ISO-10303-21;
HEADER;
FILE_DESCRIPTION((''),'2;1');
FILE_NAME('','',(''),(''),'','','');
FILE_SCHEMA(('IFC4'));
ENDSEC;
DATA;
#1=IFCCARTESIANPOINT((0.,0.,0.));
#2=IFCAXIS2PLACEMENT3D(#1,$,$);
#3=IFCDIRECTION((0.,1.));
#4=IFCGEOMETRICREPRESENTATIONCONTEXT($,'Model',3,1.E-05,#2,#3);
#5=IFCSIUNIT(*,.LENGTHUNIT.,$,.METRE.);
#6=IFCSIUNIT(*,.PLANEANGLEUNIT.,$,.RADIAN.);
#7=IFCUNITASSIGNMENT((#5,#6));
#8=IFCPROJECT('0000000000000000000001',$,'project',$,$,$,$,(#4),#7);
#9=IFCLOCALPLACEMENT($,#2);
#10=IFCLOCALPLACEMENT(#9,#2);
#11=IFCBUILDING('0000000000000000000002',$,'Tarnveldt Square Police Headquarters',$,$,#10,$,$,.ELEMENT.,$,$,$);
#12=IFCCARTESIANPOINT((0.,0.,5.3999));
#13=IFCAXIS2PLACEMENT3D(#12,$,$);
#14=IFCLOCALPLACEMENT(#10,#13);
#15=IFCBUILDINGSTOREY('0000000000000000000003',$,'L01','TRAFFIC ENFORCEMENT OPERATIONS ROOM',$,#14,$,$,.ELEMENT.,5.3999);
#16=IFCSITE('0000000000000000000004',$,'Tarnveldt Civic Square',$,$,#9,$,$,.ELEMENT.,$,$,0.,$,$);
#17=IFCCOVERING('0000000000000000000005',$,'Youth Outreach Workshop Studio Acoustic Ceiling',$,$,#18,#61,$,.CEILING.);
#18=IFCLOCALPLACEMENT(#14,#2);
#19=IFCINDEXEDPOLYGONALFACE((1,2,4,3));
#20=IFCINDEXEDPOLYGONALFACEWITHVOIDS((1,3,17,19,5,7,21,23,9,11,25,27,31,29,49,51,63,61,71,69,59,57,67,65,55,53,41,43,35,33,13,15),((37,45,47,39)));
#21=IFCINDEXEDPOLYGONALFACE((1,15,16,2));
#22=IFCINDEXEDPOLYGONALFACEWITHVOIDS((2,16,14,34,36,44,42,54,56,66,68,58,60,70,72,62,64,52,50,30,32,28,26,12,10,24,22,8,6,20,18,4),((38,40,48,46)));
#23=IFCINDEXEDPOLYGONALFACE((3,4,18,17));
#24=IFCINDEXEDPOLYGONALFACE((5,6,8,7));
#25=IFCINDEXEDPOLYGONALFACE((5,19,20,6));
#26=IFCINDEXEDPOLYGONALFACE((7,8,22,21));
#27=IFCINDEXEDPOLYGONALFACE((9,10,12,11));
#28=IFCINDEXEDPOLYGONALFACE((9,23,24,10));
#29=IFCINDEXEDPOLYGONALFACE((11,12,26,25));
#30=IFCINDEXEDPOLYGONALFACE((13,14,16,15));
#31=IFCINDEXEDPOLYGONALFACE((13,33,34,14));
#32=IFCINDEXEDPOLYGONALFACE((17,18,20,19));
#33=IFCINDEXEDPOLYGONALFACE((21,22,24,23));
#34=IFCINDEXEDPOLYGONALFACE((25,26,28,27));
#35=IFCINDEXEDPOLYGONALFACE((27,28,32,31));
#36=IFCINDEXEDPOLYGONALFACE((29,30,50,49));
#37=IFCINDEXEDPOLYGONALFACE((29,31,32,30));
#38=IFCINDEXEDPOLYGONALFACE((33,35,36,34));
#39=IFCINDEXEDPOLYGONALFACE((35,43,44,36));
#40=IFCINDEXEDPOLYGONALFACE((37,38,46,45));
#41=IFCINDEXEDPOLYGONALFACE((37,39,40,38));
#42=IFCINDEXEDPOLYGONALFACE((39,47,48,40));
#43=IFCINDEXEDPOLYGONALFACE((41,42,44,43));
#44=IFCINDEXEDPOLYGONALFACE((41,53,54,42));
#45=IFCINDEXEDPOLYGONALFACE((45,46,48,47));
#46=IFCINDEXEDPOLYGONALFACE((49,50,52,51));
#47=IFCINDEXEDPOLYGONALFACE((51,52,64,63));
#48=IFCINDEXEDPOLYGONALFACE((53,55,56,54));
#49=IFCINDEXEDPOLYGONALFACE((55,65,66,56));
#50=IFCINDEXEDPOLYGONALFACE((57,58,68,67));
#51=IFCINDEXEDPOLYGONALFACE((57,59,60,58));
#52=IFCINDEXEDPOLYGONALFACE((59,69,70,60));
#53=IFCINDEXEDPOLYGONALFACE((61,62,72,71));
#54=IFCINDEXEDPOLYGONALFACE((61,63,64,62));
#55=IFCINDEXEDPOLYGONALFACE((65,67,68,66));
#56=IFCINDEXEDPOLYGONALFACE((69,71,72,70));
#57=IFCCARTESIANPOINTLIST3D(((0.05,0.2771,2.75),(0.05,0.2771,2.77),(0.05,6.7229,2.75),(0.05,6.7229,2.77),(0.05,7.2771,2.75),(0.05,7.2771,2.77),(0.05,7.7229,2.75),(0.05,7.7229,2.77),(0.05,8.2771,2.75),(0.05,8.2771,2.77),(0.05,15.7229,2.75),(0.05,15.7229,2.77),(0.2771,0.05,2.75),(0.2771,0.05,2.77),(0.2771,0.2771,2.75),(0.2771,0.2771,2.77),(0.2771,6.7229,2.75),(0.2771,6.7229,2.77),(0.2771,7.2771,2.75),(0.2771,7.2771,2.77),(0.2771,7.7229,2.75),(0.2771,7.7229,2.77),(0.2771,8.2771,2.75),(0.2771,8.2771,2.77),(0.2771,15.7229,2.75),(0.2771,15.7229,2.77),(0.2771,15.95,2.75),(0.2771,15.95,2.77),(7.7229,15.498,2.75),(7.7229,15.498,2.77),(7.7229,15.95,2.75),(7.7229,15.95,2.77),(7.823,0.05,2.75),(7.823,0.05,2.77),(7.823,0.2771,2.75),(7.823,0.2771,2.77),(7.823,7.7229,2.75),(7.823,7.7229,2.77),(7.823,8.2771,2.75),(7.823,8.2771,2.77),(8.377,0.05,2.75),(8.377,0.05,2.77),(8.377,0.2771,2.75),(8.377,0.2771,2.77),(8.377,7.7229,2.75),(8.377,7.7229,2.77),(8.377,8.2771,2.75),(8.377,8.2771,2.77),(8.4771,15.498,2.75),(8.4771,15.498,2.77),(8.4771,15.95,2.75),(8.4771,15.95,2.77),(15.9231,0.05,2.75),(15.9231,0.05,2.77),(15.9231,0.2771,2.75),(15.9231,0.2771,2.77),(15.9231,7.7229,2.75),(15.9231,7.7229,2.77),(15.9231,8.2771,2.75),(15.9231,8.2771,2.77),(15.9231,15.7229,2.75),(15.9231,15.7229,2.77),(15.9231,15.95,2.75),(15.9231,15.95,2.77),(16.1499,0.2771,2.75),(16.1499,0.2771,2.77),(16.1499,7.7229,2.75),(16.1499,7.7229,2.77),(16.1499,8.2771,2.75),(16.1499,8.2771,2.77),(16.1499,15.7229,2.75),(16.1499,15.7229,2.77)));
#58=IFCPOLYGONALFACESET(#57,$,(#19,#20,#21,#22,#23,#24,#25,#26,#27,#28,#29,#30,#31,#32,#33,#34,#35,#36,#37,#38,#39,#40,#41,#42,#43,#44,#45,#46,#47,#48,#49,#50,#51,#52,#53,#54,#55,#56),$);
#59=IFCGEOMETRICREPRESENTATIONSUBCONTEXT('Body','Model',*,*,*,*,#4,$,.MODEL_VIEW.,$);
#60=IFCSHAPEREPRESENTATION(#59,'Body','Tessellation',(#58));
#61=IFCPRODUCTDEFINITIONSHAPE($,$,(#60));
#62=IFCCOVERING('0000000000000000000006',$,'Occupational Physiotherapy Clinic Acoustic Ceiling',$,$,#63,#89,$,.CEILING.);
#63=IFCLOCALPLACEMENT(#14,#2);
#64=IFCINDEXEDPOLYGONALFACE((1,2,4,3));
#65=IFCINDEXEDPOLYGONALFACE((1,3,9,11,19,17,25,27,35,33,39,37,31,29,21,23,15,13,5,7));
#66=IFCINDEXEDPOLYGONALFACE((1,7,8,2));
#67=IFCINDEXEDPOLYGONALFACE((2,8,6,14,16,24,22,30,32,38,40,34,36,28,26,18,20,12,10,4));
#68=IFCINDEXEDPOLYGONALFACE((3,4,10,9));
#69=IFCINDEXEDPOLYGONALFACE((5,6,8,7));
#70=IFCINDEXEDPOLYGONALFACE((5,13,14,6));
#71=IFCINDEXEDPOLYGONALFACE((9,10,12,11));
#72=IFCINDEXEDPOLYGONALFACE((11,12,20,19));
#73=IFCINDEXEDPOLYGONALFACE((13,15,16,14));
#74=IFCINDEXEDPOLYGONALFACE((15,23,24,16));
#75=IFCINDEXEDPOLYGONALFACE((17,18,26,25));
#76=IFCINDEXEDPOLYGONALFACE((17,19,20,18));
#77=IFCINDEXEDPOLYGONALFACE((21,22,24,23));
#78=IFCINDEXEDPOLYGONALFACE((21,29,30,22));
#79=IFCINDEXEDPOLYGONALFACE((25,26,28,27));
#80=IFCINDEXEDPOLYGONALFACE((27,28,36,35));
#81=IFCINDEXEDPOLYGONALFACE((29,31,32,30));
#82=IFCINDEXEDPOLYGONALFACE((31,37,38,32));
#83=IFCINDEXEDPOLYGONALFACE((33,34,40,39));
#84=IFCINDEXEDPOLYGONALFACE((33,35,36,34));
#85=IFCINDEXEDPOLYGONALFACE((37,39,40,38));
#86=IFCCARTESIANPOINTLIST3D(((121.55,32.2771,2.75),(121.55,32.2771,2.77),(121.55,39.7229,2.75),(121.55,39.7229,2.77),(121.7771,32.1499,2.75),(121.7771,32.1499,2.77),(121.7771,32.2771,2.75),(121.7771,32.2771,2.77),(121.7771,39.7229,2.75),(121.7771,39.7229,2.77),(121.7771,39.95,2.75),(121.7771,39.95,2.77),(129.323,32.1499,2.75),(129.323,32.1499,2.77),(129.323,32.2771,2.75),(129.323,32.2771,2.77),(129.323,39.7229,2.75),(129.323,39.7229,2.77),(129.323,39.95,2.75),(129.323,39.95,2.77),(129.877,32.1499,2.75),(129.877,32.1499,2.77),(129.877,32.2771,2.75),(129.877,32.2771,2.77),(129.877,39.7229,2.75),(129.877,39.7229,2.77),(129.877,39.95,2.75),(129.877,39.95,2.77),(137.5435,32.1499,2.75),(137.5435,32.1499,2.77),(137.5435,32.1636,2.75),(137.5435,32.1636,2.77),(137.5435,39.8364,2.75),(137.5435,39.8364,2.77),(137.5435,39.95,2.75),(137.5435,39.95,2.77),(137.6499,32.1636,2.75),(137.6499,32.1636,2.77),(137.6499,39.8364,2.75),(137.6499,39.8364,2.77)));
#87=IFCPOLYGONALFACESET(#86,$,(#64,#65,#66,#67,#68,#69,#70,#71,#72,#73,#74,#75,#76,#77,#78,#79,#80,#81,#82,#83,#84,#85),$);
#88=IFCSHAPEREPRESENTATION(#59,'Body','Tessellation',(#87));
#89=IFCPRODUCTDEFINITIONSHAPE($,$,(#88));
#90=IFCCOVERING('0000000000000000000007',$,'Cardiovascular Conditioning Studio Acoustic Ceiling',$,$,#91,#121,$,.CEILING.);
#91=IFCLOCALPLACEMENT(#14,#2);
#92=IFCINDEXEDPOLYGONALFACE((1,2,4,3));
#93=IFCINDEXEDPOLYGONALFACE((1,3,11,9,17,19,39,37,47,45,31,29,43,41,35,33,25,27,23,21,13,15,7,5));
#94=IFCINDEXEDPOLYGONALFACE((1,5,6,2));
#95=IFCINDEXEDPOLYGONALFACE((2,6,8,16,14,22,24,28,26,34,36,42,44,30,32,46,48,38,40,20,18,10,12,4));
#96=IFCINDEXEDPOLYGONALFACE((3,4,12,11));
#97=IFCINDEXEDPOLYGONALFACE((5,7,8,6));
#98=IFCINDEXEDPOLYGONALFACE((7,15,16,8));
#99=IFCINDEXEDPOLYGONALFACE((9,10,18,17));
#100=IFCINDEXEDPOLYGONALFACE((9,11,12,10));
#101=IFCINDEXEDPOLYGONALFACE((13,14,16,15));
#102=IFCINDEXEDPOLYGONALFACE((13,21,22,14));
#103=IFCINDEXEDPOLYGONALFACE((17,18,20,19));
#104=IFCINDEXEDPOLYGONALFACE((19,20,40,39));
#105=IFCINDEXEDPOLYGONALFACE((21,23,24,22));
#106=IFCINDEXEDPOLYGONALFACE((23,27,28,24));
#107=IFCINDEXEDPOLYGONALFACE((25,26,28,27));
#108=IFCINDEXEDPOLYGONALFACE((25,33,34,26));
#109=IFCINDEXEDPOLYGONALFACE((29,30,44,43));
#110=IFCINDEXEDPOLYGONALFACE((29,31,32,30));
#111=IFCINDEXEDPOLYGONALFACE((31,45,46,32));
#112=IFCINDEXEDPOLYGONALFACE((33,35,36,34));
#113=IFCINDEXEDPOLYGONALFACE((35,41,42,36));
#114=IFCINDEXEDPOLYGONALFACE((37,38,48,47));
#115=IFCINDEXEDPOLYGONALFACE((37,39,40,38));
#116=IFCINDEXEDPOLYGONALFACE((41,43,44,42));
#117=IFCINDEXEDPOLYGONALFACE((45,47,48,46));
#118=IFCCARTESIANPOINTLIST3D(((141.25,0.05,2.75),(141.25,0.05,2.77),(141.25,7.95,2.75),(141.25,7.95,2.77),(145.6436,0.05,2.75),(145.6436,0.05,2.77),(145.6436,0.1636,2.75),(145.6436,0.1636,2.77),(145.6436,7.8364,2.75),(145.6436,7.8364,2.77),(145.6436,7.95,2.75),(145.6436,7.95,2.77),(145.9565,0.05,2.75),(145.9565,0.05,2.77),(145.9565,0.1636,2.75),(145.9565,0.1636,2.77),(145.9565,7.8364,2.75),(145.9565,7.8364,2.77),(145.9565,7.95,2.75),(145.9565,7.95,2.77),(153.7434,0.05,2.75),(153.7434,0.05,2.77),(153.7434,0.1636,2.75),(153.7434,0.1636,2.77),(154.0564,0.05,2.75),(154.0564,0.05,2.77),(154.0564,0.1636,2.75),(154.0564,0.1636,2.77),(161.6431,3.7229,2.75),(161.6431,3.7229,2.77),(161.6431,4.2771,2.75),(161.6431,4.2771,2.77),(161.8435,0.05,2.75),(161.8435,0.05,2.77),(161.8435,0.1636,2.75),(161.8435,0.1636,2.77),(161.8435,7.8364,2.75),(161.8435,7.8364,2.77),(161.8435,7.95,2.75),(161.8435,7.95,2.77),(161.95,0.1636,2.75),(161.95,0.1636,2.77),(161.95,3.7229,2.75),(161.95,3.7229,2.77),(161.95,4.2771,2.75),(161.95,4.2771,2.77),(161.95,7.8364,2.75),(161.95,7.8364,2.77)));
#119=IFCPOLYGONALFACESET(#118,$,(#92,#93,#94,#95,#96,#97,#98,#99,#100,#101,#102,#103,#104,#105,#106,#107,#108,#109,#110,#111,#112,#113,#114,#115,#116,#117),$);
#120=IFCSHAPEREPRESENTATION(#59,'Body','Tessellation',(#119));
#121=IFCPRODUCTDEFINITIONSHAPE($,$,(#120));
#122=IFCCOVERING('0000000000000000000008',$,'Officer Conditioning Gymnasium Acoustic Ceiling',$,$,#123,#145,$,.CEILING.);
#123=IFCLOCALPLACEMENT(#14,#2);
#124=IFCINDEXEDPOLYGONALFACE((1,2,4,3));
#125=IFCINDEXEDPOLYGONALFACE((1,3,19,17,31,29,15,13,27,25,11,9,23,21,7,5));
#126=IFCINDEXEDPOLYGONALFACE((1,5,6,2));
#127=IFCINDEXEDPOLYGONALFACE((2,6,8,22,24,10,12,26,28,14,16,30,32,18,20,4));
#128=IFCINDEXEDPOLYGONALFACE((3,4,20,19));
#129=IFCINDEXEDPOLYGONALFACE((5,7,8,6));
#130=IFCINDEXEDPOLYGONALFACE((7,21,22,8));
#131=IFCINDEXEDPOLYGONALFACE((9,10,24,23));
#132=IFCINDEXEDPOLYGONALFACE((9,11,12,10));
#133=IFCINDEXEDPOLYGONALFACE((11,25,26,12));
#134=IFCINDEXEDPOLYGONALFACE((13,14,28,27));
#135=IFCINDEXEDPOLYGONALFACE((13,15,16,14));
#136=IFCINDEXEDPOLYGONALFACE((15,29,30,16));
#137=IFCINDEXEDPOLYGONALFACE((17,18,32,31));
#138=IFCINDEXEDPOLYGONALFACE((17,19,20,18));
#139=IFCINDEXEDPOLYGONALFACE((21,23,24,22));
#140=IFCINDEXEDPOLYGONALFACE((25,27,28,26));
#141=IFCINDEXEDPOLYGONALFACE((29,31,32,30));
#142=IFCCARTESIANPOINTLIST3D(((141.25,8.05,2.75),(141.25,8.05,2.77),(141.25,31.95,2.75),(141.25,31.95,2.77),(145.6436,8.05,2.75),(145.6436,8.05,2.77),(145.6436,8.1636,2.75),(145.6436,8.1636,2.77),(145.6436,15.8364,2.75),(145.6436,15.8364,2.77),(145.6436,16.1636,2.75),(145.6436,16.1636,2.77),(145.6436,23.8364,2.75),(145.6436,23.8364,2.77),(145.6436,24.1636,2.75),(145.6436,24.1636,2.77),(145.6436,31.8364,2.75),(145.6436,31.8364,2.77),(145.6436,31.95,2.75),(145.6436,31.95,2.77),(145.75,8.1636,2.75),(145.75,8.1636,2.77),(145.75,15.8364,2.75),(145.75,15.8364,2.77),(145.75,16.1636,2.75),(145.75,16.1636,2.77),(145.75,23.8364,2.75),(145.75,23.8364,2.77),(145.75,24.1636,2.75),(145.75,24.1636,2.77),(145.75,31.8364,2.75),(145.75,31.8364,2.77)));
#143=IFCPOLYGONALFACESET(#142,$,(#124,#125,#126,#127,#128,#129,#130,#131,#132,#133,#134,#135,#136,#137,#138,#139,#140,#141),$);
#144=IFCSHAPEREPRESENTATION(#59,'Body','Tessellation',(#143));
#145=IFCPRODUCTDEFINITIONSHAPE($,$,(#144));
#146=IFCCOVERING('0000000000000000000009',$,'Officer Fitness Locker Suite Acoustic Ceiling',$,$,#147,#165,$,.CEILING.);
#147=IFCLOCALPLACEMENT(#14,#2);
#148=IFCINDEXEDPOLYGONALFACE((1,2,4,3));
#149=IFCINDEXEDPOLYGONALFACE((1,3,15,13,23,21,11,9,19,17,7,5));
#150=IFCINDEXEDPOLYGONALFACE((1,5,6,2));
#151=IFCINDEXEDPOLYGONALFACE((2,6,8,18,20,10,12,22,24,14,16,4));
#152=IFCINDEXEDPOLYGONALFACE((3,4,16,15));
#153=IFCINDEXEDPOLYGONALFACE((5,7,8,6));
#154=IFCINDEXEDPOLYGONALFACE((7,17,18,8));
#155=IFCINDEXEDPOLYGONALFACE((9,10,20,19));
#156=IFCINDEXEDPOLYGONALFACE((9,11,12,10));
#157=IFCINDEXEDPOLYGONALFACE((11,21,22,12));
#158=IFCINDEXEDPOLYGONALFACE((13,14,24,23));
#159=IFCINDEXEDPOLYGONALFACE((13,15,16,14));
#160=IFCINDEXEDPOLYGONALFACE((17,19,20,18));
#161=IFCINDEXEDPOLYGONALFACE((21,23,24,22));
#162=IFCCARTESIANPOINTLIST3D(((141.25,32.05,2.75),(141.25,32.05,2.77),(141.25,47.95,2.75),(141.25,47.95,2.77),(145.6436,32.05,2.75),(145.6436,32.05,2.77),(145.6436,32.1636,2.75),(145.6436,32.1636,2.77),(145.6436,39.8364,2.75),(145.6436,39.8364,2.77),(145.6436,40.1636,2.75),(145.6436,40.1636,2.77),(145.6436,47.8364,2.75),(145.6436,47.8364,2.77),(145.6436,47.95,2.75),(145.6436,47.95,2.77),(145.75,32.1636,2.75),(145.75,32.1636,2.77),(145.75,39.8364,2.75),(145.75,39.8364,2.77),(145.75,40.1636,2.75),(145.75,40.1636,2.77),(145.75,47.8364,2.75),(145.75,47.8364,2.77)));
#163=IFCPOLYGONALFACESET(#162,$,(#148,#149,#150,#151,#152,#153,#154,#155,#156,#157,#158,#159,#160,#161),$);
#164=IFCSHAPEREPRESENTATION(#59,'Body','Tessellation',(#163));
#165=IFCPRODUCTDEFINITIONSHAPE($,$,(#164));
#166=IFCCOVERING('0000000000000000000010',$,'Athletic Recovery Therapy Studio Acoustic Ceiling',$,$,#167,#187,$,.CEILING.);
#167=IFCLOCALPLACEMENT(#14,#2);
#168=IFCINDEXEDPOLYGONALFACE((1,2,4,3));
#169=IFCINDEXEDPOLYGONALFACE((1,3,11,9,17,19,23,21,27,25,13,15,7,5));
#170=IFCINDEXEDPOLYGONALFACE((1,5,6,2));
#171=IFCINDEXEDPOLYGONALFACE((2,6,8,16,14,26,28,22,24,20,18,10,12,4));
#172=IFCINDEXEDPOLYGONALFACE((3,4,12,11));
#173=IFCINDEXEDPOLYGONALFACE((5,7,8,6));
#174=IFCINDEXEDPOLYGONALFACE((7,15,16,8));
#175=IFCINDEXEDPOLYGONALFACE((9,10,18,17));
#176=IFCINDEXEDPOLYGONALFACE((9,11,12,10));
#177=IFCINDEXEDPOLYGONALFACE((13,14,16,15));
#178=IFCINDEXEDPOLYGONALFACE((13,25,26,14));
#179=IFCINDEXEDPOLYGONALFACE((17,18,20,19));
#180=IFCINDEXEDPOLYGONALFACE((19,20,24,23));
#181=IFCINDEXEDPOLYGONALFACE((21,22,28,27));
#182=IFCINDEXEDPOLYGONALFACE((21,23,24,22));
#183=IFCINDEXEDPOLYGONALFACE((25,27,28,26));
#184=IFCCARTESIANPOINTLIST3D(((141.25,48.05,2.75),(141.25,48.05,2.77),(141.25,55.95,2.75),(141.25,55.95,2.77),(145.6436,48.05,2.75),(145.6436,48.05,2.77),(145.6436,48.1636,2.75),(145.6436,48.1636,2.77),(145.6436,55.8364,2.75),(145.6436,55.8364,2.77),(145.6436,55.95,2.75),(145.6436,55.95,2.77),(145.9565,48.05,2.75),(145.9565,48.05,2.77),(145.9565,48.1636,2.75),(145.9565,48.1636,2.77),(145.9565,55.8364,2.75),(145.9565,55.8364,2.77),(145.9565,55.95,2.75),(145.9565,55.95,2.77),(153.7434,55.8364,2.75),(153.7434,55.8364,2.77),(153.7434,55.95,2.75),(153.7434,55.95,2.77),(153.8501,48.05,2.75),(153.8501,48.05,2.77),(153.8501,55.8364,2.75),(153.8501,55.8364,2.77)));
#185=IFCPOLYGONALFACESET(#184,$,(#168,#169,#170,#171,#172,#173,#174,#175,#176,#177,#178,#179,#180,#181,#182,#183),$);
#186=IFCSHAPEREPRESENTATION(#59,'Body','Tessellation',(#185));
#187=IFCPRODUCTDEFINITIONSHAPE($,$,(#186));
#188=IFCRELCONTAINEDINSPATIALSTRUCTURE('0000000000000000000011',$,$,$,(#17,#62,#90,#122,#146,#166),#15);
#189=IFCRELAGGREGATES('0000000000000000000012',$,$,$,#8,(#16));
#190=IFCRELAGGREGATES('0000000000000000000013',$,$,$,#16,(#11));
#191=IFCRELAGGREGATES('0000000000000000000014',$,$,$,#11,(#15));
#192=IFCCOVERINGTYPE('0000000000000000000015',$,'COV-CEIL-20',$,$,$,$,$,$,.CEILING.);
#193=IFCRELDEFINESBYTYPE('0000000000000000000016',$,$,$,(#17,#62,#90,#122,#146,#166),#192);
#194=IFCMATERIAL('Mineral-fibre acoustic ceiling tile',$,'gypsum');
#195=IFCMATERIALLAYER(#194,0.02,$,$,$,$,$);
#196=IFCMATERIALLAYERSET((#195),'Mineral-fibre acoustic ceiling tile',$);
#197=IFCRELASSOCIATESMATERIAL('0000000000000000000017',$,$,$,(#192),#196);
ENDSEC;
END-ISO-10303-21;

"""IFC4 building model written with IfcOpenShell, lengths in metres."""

from ifc_helpers import new_model, si_unit, direction, frame, origin, place, context, subcontext, project, spatial, polyline, outline, extrude, material, layer, layer_set, type_object, element, save


model = new_model("IFC4")

# Units and contexts
model_context = context("Model", 3, precision=1e-05, world=origin(), true_north=direction((0.0, 1.0)))
body_context = subcontext(model_context, "Body", "Model", "MODEL_VIEW")
ifc_project = project(units=[si_unit("LENGTHUNIT", "METRE"), si_unit("PLANEANGLEUNIT", "RADIAN")], contexts=[model_context])

# Site, building, storey
site_placement = place(None, origin())
site = spatial("IfcSite", under=ifc_project, at=site_placement, Name="Tarnveldt Civic Square", CompositionType="ELEMENT", RefElevation=0.0)
building_placement = place(site_placement, origin())
building = spatial("IfcBuilding", under=site, at=building_placement, Name="Tarnveldt Square Police Headquarters", CompositionType="ELEMENT")
storey_placement = place(building_placement, frame((0.0, 0.0, 5.3999)))
storey = spatial("IfcBuildingStorey", under=building, at=storey_placement, Name="L01", Description="TRAFFIC ENFORCEMENT OPERATIONS ROOM", CompositionType="ELEMENT", Elevation=5.3999)

# Coverings
ifc_material_1 = material(Name="Mineral-fibre acoustic ceiling tile", Category="gypsum")
ifc_layer_1 = layer(ifc_material_1, 0.02)
ifc_layer_set_1 = layer_set([ifc_layer_1], Name="Mineral-fibre acoustic ceiling tile")
covering_type_1 = type_object("IfcCoveringType", Name="COV-CEIL-20", PredefinedType="CEILING", material=ifc_layer_set_1)
covering_1_placement = place(storey_placement, frame((0.0, 0.0, 2.75)))
element("IfcCovering", 1, at=covering_1_placement, inside=storey, type_object=covering_type_1, Name="Youth Outreach Workshop Studio Acoustic Ceiling", PredefinedType="CEILING", context=body_context, shape_type="SweptSolid", body=[
    extrude(outline(polyline([(16.1499, 0.2771), (15.9231, 0.2771), (15.9231, 0.05), (8.377, 0.05), (8.377, 0.2771), (7.823, 0.2771), (7.823, 0.05), (0.2771, 0.05), (0.2771, 0.2771), (0.05, 0.2771), (0.05, 6.7229), (0.2771, 6.7229), (0.2771, 7.2771), (0.05, 7.2771), (0.05, 7.7229), (0.2771, 7.7229), (0.2771, 8.2771), (0.05, 8.2771), (0.05, 15.7229), (0.2771, 15.7229), (0.2771, 15.95), (7.7229, 15.95), (7.7229, 15.498), (8.4771, 15.498), (8.4771, 15.95), (15.9231, 15.95), (15.9231, 15.7229), (16.1499, 15.7229), (16.1499, 8.2771), (15.9231, 8.2771), (15.9231, 7.7229), (16.1499, 7.7229), (16.1499, 0.2771)]), holes=[polyline([(8.377, 8.2771), (7.823, 8.2771), (7.823, 7.7229), (8.377, 7.7229), (8.377, 8.2771)])]), origin(), (0.0, 0.0, 1.0), 0.02),
])
covering_2_placement = place(storey_placement, frame((0.0, 0.0, 2.75)))
element("IfcCovering", 2, at=covering_2_placement, inside=storey, type_object=covering_type_1, Name="Occupational Physiotherapy Clinic Acoustic Ceiling", PredefinedType="CEILING", context=body_context, shape_type="SweptSolid", body=[
    extrude(outline(polyline([(137.6499, 32.1636), (137.5435, 32.1636), (137.5435, 32.1499), (129.877, 32.1499), (129.877, 32.2771), (129.323, 32.2771), (129.323, 32.1499), (121.7771, 32.1499), (121.7771, 32.2771), (121.55, 32.2771), (121.55, 39.7229), (121.7771, 39.7229), (121.7771, 39.95), (129.323, 39.95), (129.323, 39.7229), (129.877, 39.7229), (129.877, 39.95), (137.5435, 39.95), (137.5435, 39.8364), (137.6499, 39.8364), (137.6499, 32.1636)])), origin(), (0.0, 0.0, 1.0), 0.02),
])
covering_3_placement = place(storey_placement, frame((0.0, 0.0, 2.75)))
element("IfcCovering", 3, at=covering_3_placement, inside=storey, type_object=covering_type_1, Name="Cardiovascular Conditioning Studio Acoustic Ceiling", PredefinedType="CEILING", context=body_context, shape_type="SweptSolid", body=[
    extrude(outline(polyline([(161.95, 0.1636), (161.8435, 0.1636), (161.8435, 0.05), (154.0564, 0.05), (154.0564, 0.1636), (153.7434, 0.1636), (153.7434, 0.05), (145.9565, 0.05), (145.9565, 0.1636), (145.6436, 0.1636), (145.6436, 0.05), (141.25, 0.05), (141.25, 7.95), (145.6436, 7.95), (145.6436, 7.8364), (145.9565, 7.8364), (145.9565, 7.95), (161.8435, 7.95), (161.8435, 7.8364), (161.95, 7.8364), (161.95, 4.2771), (161.6431, 4.2771), (161.6431, 3.7229), (161.95, 3.7229), (161.95, 0.1636)])), origin(), (0.0, 0.0, 1.0), 0.02),
])
covering_4_placement = place(storey_placement, frame((0.0, 0.0, 2.75)))
element("IfcCovering", 4, at=covering_4_placement, inside=storey, type_object=covering_type_1, Name="Officer Conditioning Gymnasium Acoustic Ceiling", PredefinedType="CEILING", context=body_context, shape_type="SweptSolid", body=[
    extrude(outline(polyline([(145.75, 8.1636), (145.6436, 8.1636), (145.6436, 8.05), (141.25, 8.05), (141.25, 31.95), (145.6436, 31.95), (145.6436, 31.8364), (145.75, 31.8364), (145.75, 24.1636), (145.6436, 24.1636), (145.6436, 23.8364), (145.75, 23.8364), (145.75, 16.1636), (145.6436, 16.1636), (145.6436, 15.8364), (145.75, 15.8364), (145.75, 8.1636)])), origin(), (0.0, 0.0, 1.0), 0.02),
])
covering_5_placement = place(storey_placement, frame((0.0, 0.0, 2.75)))
element("IfcCovering", 5, at=covering_5_placement, inside=storey, type_object=covering_type_1, Name="Officer Fitness Locker Suite Acoustic Ceiling", PredefinedType="CEILING", context=body_context, shape_type="SweptSolid", body=[
    extrude(outline(polyline([(145.75, 32.1636), (145.6436, 32.1636), (145.6436, 32.05), (141.25, 32.05), (141.25, 47.95), (145.6436, 47.95), (145.6436, 47.8364), (145.75, 47.8364), (145.75, 40.1636), (145.6436, 40.1636), (145.6436, 39.8364), (145.75, 39.8364), (145.75, 32.1636)])), origin(), (0.0, 0.0, 1.0), 0.02),
])
covering_6_placement = place(storey_placement, frame((0.0, 0.0, 2.75)))
element("IfcCovering", 6, at=covering_6_placement, inside=storey, type_object=covering_type_1, Name="Athletic Recovery Therapy Studio Acoustic Ceiling", PredefinedType="CEILING", context=body_context, shape_type="SweptSolid", body=[
    extrude(outline(polyline([(153.8501, 48.05), (145.9565, 48.05), (145.9565, 48.1636), (145.6436, 48.1636), (145.6436, 48.05), (141.25, 48.05), (141.25, 55.95), (145.6436, 55.95), (145.6436, 55.8364), (145.9565, 55.8364), (145.9565, 55.95), (153.7434, 55.95), (153.7434, 55.8364), (153.8501, 55.8364), (153.8501, 48.05)])), origin(), (0.0, 0.0, 1.0), 0.02),
])

save(model, "model.ifc")
